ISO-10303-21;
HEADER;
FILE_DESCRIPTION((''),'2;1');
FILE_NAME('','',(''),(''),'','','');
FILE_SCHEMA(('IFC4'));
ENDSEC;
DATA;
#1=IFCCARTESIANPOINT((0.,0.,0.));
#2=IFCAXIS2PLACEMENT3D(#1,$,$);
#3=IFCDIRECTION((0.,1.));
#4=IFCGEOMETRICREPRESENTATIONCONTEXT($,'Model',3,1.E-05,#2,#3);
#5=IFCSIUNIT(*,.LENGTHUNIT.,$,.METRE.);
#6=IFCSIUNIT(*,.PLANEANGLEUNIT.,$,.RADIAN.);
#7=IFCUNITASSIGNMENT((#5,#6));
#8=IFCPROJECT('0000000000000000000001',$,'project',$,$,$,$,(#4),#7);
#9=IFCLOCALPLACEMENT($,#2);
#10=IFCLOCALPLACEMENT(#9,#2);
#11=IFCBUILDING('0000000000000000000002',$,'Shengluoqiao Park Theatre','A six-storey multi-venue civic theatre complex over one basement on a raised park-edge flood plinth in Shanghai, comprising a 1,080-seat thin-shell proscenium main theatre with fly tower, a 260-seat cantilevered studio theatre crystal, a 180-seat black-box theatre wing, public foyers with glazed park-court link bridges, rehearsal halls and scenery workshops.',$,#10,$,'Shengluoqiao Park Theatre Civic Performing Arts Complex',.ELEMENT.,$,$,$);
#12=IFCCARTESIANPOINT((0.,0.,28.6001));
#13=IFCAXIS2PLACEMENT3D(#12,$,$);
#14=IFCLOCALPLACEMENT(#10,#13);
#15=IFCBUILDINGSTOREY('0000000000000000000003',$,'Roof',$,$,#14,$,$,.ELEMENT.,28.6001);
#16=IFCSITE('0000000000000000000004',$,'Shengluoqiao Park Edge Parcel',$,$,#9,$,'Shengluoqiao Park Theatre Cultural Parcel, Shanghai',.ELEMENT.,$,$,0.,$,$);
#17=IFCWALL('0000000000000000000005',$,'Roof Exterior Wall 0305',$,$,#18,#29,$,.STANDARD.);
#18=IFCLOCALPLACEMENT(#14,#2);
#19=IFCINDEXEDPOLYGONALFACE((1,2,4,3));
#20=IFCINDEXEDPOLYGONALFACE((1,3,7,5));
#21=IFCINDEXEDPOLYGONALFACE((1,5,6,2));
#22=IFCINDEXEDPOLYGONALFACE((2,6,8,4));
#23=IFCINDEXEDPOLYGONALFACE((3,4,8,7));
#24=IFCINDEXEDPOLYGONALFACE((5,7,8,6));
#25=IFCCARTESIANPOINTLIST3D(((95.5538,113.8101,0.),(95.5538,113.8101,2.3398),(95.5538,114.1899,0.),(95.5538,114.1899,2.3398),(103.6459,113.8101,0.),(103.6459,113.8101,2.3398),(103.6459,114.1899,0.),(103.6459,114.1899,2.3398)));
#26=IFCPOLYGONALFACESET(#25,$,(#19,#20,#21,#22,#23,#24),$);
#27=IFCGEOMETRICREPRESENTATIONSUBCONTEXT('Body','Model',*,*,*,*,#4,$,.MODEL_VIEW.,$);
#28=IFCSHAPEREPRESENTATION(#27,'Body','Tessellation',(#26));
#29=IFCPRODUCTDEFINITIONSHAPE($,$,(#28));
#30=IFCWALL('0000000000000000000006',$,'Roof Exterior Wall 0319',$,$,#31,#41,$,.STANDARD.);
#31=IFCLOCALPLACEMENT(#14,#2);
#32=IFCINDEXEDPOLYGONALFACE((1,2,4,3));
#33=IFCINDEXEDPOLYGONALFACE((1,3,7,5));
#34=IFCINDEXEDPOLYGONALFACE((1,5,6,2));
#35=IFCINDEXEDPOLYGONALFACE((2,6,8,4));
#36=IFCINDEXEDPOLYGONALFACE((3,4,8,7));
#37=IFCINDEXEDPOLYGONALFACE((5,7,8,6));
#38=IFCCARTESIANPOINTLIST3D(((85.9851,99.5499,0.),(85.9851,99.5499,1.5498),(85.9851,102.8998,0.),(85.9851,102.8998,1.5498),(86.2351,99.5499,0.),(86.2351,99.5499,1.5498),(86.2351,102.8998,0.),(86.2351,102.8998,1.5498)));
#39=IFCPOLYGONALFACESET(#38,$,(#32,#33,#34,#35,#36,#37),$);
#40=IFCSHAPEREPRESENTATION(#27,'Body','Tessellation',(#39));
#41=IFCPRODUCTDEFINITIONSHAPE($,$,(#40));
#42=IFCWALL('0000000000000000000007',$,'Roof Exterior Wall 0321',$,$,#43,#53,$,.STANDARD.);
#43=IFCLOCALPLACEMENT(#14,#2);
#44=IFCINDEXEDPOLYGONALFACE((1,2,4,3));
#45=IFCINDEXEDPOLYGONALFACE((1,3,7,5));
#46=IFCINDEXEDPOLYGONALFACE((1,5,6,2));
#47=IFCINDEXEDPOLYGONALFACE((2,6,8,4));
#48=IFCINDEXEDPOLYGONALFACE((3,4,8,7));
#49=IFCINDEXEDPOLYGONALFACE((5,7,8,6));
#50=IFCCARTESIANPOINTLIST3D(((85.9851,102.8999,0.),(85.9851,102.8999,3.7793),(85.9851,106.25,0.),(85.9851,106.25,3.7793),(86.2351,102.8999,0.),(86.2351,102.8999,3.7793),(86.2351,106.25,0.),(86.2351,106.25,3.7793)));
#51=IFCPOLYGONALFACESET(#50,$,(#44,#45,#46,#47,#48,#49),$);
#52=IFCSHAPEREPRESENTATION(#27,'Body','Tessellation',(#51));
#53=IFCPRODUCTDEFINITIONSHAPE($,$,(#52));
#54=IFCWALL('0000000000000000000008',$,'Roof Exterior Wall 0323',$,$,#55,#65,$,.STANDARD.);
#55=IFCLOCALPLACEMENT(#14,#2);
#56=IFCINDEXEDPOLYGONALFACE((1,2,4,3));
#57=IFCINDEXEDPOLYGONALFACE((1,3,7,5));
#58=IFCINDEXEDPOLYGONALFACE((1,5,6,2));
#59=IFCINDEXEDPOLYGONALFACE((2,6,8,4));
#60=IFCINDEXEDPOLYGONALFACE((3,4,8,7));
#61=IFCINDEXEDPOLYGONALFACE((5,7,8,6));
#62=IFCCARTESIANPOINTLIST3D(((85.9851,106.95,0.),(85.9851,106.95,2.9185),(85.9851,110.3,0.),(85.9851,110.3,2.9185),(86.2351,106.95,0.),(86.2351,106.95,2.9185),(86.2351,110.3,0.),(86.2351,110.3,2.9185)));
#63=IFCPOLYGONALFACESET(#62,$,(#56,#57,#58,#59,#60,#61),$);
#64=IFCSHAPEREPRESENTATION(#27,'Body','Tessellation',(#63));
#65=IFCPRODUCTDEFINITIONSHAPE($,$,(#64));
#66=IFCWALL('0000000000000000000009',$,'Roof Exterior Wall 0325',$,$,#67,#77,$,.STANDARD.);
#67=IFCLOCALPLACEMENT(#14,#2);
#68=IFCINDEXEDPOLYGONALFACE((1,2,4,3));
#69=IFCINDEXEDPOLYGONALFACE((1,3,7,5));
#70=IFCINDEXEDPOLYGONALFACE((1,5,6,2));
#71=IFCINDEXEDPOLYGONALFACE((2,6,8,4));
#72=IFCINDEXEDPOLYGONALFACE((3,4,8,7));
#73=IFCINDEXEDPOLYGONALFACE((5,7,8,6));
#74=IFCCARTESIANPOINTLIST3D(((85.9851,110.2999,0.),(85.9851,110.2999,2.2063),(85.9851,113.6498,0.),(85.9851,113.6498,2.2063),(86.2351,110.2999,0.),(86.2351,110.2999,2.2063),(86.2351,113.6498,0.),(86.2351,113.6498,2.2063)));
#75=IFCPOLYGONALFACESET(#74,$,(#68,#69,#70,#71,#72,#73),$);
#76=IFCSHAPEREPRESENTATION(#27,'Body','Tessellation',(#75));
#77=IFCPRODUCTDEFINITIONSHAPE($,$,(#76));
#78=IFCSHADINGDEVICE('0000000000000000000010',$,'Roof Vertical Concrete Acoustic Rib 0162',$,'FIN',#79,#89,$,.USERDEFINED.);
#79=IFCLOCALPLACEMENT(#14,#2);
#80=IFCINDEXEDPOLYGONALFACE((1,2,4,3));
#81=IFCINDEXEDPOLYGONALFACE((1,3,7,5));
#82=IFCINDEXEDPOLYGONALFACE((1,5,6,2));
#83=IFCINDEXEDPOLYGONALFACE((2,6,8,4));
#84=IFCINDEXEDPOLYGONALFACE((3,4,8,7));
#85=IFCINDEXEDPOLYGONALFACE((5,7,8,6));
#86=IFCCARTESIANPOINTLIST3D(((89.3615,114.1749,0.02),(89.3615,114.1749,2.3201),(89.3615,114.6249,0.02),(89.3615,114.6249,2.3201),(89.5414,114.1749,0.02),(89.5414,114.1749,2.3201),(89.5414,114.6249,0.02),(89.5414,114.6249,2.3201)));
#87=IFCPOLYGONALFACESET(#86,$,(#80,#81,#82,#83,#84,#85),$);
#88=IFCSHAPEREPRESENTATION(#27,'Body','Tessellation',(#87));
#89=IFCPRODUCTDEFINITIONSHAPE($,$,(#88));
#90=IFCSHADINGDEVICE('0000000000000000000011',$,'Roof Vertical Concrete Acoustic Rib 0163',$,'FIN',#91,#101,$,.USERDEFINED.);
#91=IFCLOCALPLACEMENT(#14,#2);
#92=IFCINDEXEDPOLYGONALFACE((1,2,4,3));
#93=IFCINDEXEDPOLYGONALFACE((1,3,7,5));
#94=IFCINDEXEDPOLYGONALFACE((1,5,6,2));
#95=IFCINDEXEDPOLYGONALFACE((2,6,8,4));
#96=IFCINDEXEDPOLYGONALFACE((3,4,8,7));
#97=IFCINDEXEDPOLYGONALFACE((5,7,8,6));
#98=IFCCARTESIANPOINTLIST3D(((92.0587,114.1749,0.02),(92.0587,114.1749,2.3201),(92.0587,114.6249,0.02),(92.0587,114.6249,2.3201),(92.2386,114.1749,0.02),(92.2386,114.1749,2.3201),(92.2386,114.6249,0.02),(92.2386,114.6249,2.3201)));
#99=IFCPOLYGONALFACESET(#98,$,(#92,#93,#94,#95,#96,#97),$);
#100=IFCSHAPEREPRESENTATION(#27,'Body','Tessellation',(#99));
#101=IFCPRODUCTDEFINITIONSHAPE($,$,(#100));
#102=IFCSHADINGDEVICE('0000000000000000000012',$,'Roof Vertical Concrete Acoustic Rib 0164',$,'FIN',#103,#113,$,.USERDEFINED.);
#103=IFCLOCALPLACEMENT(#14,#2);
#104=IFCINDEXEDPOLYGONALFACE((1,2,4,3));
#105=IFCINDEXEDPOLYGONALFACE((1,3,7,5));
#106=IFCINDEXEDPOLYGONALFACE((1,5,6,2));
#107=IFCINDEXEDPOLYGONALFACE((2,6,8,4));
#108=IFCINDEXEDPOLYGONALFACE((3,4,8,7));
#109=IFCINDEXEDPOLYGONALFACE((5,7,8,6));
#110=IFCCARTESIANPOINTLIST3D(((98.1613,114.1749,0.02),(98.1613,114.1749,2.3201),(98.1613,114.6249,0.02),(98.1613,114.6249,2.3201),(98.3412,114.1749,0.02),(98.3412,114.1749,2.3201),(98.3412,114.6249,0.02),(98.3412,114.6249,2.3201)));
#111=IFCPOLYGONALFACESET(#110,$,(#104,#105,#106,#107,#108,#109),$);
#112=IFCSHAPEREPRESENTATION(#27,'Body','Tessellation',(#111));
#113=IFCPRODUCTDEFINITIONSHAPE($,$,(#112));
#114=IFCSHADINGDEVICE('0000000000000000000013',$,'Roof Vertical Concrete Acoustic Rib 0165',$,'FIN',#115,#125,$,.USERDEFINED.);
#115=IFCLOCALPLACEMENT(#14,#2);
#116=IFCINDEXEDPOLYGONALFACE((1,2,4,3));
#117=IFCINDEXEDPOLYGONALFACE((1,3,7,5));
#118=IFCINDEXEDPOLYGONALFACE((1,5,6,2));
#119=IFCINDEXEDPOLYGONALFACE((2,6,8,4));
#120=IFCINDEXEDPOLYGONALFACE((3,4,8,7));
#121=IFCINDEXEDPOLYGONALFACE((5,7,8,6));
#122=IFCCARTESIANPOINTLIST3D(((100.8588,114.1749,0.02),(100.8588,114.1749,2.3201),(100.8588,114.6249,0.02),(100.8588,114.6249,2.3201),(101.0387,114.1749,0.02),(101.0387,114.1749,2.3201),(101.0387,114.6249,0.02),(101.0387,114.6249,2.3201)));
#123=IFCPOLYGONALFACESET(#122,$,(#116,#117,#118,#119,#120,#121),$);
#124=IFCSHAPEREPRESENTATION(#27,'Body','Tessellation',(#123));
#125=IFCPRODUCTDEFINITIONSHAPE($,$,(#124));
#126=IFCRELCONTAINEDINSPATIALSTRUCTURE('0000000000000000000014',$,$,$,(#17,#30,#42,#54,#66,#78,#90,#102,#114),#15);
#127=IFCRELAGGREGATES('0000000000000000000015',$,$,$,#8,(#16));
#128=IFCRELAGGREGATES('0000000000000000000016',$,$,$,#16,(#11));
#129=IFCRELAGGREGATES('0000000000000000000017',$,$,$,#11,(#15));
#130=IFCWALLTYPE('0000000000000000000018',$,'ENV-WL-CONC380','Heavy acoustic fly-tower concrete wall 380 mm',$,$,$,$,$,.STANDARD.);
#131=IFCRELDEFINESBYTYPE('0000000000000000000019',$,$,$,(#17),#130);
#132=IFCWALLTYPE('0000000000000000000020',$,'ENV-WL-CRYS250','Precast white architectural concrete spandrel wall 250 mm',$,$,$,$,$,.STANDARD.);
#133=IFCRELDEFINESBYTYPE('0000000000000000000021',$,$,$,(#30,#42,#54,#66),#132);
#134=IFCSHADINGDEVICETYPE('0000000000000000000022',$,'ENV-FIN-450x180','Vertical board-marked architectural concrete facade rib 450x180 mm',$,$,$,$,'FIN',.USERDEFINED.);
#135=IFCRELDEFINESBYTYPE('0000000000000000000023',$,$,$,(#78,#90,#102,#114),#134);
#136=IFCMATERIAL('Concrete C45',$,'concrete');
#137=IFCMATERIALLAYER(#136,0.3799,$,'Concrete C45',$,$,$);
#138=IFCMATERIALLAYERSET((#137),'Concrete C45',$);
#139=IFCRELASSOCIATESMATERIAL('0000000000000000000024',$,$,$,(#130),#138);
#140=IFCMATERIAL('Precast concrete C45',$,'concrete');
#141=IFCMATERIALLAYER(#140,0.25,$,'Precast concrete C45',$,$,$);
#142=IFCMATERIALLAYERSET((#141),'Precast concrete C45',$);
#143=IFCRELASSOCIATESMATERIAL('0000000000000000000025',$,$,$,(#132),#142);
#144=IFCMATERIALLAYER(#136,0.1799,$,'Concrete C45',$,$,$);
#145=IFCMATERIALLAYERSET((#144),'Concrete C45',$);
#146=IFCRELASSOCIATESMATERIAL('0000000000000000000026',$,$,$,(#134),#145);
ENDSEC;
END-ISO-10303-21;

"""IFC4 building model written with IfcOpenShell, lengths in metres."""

from ifc_helpers import new_model, si_unit, direction, frame, frame_2d, origin, origin_2d, place, context, subcontext, project, spatial, rectangle, extrude, material, layer, layer_set, type_object, element, save


model = new_model("IFC4")

# Units and contexts
model_context = context("Model", 3, precision=1e-05, world=origin(), true_north=direction((0.0, 1.0)))
body_context = subcontext(model_context, "Body", "Model", "MODEL_VIEW")
ifc_project = project(units=[si_unit("LENGTHUNIT", "METRE"), si_unit("PLANEANGLEUNIT", "RADIAN")], contexts=[model_context])

# Site, building, storey
site_placement = place(None, origin())
site = spatial("IfcSite", under=ifc_project, at=site_placement, Name="Shengluoqiao Park Edge Parcel", LongName="Shengluoqiao Park Theatre Cultural Parcel, Shanghai", CompositionType="ELEMENT", RefElevation=0.0)
building_placement = place(site_placement, origin())
building = spatial("IfcBuilding", under=site, at=building_placement, Name="Shengluoqiao Park Theatre", Description="A six-storey multi-venue civic theatre complex over one basement on a raised park-edge flood plinth in Shanghai, comprising a 1,080-seat thin-shell proscenium main theatre with fly tower, a 260-seat cantilevered studio theatre crystal, a 180-seat black-box theatre wing, public foyers with glazed park-court link bridges, rehearsal halls and scenery workshops.", LongName="Shengluoqiao Park Theatre Civic Performing Arts Complex", CompositionType="ELEMENT")
storey_placement = place(building_placement, frame((0.0, 0.0, 28.6001)))
storey = spatial("IfcBuildingStorey", under=building, at=storey_placement, Name="Roof", CompositionType="ELEMENT", Elevation=28.6001)

# Walls
ifc_material_1 = material(Name="Concrete C45", Category="concrete")
ifc_layer_1 = layer(ifc_material_1, 0.3799, Name="Concrete C45")
ifc_layer_set_1 = layer_set([ifc_layer_1], Name="Concrete C45")
wall_type_1 = type_object("IfcWallType", Name="ENV-WL-CONC380", Description="Heavy acoustic fly-tower concrete wall 380 mm", PredefinedType="STANDARD", material=ifc_layer_set_1)
for number, where, z_axis, x_axis, name in (
    (1, (95.554, 114.0, 0.0), (0.0, 0.0, 1.0), (1.0, 0.0, 0.0), "Roof Exterior Wall 0305"),
):
    element("IfcWall", number, at=place(storey_placement, frame(where, z_axis=z_axis, x_axis=x_axis)), inside=storey, type_object=wall_type_1, Name=name, PredefinedType="STANDARD", context=body_context, shape_type="SweptSolid", body=[
        extrude(rectangle(XDim=8.092, YDim=0.3799, at=frame_2d((4.0459, 0.0))), origin(), (0.0, 0.0, 1.0), 2.3398),
    ])
ifc_material_2 = material(Name="Precast concrete C45", Category="concrete")
ifc_layer_2 = layer(ifc_material_2, 0.25, Name="Precast concrete C45")
ifc_layer_set_2 = layer_set([ifc_layer_2], Name="Precast concrete C45")
wall_type_2 = type_object("IfcWallType", Name="ENV-WL-CRYS250", Description="Precast white architectural concrete spandrel wall 250 mm", PredefinedType="STANDARD", material=ifc_layer_set_2)
wall_1_placement = place(storey_placement, frame((86.1101, 99.55, 0.0), z_axis=(0.0, 0.0, 1.0), x_axis=(0.0, 1.0, 0.0)))
element("IfcWall", 2, at=wall_1_placement, inside=storey, type_object=wall_type_2, Name="Roof Exterior Wall 0319", PredefinedType="STANDARD", context=body_context, shape_type="SweptSolid", body=[
    extrude(rectangle(XDim=3.3499, YDim=0.25, at=frame_2d((1.6748, 0.0))), origin(), (0.0, 0.0, 1.0), 1.5498),
])
wall_2_placement = place(storey_placement, frame((86.1101, 102.8999, 0.0), z_axis=(0.0, 0.0, 1.0), x_axis=(0.0, 1.0, 0.0)))
element("IfcWall", 3, at=wall_2_placement, inside=storey, type_object=wall_type_2, Name="Roof Exterior Wall 0321", PredefinedType="STANDARD", context=body_context, shape_type="SweptSolid", body=[
    extrude(rectangle(XDim=3.3501, YDim=0.25, at=frame_2d((1.675, 0.0))), origin(), (0.0, 0.0, 1.0), 3.7793),
])
wall_3_placement = place(storey_placement, frame((86.1101, 106.95, 0.0), z_axis=(0.0, 0.0, 1.0), x_axis=(0.0, 1.0, 0.0)))
element("IfcWall", 4, at=wall_3_placement, inside=storey, type_object=wall_type_2, Name="Roof Exterior Wall 0323", PredefinedType="STANDARD", context=body_context, shape_type="SweptSolid", body=[
    extrude(rectangle(XDim=3.3501, YDim=0.25, at=frame_2d((1.675, 0.0))), origin(), (0.0, 0.0, 1.0), 2.9185),
])
wall_4_placement = place(storey_placement, frame((86.1101, 110.3, 0.0), z_axis=(0.0, 0.0, 1.0), x_axis=(0.0, 1.0, 0.0)))
element("IfcWall", 5, at=wall_4_placement, inside=storey, type_object=wall_type_2, Name="Roof Exterior Wall 0325", PredefinedType="STANDARD", context=body_context, shape_type="SweptSolid", body=[
    extrude(rectangle(XDim=3.3499, YDim=0.25, at=frame_2d((1.6748, 0.0))), origin(), (0.0, 0.0, 1.0), 2.2063),
])

# Shading devices
ifc_layer_3 = layer(ifc_material_1, 0.1799, Name="Concrete C45")
ifc_layer_set_3 = layer_set([ifc_layer_3], Name="Concrete C45")
shading_device_type = type_object("IfcShadingDeviceType", Name="ENV-FIN-450x180", Description="Vertical board-marked architectural concrete facade rib 450x180 mm", ElementType="FIN", PredefinedType="USERDEFINED", material=ifc_layer_set_3)
for number, where, z_axis, x_axis, name in (
    (6, (89.4514, 114.3999, 0.02), (0.0, 0.0, 1.0), (0.0, 1.0, 0.0), "Roof Vertical Concrete Acoustic Rib 0162"),
    (7, (92.1487, 114.3999, 0.02), (0.0, 0.0, 1.0), (0.0, 1.0, 0.0), "Roof Vertical Concrete Acoustic Rib 0163"),
    (8, (98.2512, 114.3999, 0.02), (0.0, 0.0, 1.0), (0.0, 1.0, 0.0), "Roof Vertical Concrete Acoustic Rib 0164"),
    (9, (100.9487, 114.3999, 0.02), (0.0, 0.0, 1.0), (0.0, 1.0, 0.0), "Roof Vertical Concrete Acoustic Rib 0165"),
):
    element("IfcShadingDevice", number, at=place(storey_placement, frame(where, z_axis=z_axis, x_axis=x_axis)), inside=storey, type_object=shading_device_type, Name=name, ObjectType="FIN", PredefinedType="USERDEFINED", context=body_context, shape_type="SweptSolid", body=[
        extrude(rectangle(XDim=0.45, YDim=0.1799, at=origin_2d()), origin(), (0.0, 0.0, 1.0), 2.3),
    ])

save(model, "model.ifc")
